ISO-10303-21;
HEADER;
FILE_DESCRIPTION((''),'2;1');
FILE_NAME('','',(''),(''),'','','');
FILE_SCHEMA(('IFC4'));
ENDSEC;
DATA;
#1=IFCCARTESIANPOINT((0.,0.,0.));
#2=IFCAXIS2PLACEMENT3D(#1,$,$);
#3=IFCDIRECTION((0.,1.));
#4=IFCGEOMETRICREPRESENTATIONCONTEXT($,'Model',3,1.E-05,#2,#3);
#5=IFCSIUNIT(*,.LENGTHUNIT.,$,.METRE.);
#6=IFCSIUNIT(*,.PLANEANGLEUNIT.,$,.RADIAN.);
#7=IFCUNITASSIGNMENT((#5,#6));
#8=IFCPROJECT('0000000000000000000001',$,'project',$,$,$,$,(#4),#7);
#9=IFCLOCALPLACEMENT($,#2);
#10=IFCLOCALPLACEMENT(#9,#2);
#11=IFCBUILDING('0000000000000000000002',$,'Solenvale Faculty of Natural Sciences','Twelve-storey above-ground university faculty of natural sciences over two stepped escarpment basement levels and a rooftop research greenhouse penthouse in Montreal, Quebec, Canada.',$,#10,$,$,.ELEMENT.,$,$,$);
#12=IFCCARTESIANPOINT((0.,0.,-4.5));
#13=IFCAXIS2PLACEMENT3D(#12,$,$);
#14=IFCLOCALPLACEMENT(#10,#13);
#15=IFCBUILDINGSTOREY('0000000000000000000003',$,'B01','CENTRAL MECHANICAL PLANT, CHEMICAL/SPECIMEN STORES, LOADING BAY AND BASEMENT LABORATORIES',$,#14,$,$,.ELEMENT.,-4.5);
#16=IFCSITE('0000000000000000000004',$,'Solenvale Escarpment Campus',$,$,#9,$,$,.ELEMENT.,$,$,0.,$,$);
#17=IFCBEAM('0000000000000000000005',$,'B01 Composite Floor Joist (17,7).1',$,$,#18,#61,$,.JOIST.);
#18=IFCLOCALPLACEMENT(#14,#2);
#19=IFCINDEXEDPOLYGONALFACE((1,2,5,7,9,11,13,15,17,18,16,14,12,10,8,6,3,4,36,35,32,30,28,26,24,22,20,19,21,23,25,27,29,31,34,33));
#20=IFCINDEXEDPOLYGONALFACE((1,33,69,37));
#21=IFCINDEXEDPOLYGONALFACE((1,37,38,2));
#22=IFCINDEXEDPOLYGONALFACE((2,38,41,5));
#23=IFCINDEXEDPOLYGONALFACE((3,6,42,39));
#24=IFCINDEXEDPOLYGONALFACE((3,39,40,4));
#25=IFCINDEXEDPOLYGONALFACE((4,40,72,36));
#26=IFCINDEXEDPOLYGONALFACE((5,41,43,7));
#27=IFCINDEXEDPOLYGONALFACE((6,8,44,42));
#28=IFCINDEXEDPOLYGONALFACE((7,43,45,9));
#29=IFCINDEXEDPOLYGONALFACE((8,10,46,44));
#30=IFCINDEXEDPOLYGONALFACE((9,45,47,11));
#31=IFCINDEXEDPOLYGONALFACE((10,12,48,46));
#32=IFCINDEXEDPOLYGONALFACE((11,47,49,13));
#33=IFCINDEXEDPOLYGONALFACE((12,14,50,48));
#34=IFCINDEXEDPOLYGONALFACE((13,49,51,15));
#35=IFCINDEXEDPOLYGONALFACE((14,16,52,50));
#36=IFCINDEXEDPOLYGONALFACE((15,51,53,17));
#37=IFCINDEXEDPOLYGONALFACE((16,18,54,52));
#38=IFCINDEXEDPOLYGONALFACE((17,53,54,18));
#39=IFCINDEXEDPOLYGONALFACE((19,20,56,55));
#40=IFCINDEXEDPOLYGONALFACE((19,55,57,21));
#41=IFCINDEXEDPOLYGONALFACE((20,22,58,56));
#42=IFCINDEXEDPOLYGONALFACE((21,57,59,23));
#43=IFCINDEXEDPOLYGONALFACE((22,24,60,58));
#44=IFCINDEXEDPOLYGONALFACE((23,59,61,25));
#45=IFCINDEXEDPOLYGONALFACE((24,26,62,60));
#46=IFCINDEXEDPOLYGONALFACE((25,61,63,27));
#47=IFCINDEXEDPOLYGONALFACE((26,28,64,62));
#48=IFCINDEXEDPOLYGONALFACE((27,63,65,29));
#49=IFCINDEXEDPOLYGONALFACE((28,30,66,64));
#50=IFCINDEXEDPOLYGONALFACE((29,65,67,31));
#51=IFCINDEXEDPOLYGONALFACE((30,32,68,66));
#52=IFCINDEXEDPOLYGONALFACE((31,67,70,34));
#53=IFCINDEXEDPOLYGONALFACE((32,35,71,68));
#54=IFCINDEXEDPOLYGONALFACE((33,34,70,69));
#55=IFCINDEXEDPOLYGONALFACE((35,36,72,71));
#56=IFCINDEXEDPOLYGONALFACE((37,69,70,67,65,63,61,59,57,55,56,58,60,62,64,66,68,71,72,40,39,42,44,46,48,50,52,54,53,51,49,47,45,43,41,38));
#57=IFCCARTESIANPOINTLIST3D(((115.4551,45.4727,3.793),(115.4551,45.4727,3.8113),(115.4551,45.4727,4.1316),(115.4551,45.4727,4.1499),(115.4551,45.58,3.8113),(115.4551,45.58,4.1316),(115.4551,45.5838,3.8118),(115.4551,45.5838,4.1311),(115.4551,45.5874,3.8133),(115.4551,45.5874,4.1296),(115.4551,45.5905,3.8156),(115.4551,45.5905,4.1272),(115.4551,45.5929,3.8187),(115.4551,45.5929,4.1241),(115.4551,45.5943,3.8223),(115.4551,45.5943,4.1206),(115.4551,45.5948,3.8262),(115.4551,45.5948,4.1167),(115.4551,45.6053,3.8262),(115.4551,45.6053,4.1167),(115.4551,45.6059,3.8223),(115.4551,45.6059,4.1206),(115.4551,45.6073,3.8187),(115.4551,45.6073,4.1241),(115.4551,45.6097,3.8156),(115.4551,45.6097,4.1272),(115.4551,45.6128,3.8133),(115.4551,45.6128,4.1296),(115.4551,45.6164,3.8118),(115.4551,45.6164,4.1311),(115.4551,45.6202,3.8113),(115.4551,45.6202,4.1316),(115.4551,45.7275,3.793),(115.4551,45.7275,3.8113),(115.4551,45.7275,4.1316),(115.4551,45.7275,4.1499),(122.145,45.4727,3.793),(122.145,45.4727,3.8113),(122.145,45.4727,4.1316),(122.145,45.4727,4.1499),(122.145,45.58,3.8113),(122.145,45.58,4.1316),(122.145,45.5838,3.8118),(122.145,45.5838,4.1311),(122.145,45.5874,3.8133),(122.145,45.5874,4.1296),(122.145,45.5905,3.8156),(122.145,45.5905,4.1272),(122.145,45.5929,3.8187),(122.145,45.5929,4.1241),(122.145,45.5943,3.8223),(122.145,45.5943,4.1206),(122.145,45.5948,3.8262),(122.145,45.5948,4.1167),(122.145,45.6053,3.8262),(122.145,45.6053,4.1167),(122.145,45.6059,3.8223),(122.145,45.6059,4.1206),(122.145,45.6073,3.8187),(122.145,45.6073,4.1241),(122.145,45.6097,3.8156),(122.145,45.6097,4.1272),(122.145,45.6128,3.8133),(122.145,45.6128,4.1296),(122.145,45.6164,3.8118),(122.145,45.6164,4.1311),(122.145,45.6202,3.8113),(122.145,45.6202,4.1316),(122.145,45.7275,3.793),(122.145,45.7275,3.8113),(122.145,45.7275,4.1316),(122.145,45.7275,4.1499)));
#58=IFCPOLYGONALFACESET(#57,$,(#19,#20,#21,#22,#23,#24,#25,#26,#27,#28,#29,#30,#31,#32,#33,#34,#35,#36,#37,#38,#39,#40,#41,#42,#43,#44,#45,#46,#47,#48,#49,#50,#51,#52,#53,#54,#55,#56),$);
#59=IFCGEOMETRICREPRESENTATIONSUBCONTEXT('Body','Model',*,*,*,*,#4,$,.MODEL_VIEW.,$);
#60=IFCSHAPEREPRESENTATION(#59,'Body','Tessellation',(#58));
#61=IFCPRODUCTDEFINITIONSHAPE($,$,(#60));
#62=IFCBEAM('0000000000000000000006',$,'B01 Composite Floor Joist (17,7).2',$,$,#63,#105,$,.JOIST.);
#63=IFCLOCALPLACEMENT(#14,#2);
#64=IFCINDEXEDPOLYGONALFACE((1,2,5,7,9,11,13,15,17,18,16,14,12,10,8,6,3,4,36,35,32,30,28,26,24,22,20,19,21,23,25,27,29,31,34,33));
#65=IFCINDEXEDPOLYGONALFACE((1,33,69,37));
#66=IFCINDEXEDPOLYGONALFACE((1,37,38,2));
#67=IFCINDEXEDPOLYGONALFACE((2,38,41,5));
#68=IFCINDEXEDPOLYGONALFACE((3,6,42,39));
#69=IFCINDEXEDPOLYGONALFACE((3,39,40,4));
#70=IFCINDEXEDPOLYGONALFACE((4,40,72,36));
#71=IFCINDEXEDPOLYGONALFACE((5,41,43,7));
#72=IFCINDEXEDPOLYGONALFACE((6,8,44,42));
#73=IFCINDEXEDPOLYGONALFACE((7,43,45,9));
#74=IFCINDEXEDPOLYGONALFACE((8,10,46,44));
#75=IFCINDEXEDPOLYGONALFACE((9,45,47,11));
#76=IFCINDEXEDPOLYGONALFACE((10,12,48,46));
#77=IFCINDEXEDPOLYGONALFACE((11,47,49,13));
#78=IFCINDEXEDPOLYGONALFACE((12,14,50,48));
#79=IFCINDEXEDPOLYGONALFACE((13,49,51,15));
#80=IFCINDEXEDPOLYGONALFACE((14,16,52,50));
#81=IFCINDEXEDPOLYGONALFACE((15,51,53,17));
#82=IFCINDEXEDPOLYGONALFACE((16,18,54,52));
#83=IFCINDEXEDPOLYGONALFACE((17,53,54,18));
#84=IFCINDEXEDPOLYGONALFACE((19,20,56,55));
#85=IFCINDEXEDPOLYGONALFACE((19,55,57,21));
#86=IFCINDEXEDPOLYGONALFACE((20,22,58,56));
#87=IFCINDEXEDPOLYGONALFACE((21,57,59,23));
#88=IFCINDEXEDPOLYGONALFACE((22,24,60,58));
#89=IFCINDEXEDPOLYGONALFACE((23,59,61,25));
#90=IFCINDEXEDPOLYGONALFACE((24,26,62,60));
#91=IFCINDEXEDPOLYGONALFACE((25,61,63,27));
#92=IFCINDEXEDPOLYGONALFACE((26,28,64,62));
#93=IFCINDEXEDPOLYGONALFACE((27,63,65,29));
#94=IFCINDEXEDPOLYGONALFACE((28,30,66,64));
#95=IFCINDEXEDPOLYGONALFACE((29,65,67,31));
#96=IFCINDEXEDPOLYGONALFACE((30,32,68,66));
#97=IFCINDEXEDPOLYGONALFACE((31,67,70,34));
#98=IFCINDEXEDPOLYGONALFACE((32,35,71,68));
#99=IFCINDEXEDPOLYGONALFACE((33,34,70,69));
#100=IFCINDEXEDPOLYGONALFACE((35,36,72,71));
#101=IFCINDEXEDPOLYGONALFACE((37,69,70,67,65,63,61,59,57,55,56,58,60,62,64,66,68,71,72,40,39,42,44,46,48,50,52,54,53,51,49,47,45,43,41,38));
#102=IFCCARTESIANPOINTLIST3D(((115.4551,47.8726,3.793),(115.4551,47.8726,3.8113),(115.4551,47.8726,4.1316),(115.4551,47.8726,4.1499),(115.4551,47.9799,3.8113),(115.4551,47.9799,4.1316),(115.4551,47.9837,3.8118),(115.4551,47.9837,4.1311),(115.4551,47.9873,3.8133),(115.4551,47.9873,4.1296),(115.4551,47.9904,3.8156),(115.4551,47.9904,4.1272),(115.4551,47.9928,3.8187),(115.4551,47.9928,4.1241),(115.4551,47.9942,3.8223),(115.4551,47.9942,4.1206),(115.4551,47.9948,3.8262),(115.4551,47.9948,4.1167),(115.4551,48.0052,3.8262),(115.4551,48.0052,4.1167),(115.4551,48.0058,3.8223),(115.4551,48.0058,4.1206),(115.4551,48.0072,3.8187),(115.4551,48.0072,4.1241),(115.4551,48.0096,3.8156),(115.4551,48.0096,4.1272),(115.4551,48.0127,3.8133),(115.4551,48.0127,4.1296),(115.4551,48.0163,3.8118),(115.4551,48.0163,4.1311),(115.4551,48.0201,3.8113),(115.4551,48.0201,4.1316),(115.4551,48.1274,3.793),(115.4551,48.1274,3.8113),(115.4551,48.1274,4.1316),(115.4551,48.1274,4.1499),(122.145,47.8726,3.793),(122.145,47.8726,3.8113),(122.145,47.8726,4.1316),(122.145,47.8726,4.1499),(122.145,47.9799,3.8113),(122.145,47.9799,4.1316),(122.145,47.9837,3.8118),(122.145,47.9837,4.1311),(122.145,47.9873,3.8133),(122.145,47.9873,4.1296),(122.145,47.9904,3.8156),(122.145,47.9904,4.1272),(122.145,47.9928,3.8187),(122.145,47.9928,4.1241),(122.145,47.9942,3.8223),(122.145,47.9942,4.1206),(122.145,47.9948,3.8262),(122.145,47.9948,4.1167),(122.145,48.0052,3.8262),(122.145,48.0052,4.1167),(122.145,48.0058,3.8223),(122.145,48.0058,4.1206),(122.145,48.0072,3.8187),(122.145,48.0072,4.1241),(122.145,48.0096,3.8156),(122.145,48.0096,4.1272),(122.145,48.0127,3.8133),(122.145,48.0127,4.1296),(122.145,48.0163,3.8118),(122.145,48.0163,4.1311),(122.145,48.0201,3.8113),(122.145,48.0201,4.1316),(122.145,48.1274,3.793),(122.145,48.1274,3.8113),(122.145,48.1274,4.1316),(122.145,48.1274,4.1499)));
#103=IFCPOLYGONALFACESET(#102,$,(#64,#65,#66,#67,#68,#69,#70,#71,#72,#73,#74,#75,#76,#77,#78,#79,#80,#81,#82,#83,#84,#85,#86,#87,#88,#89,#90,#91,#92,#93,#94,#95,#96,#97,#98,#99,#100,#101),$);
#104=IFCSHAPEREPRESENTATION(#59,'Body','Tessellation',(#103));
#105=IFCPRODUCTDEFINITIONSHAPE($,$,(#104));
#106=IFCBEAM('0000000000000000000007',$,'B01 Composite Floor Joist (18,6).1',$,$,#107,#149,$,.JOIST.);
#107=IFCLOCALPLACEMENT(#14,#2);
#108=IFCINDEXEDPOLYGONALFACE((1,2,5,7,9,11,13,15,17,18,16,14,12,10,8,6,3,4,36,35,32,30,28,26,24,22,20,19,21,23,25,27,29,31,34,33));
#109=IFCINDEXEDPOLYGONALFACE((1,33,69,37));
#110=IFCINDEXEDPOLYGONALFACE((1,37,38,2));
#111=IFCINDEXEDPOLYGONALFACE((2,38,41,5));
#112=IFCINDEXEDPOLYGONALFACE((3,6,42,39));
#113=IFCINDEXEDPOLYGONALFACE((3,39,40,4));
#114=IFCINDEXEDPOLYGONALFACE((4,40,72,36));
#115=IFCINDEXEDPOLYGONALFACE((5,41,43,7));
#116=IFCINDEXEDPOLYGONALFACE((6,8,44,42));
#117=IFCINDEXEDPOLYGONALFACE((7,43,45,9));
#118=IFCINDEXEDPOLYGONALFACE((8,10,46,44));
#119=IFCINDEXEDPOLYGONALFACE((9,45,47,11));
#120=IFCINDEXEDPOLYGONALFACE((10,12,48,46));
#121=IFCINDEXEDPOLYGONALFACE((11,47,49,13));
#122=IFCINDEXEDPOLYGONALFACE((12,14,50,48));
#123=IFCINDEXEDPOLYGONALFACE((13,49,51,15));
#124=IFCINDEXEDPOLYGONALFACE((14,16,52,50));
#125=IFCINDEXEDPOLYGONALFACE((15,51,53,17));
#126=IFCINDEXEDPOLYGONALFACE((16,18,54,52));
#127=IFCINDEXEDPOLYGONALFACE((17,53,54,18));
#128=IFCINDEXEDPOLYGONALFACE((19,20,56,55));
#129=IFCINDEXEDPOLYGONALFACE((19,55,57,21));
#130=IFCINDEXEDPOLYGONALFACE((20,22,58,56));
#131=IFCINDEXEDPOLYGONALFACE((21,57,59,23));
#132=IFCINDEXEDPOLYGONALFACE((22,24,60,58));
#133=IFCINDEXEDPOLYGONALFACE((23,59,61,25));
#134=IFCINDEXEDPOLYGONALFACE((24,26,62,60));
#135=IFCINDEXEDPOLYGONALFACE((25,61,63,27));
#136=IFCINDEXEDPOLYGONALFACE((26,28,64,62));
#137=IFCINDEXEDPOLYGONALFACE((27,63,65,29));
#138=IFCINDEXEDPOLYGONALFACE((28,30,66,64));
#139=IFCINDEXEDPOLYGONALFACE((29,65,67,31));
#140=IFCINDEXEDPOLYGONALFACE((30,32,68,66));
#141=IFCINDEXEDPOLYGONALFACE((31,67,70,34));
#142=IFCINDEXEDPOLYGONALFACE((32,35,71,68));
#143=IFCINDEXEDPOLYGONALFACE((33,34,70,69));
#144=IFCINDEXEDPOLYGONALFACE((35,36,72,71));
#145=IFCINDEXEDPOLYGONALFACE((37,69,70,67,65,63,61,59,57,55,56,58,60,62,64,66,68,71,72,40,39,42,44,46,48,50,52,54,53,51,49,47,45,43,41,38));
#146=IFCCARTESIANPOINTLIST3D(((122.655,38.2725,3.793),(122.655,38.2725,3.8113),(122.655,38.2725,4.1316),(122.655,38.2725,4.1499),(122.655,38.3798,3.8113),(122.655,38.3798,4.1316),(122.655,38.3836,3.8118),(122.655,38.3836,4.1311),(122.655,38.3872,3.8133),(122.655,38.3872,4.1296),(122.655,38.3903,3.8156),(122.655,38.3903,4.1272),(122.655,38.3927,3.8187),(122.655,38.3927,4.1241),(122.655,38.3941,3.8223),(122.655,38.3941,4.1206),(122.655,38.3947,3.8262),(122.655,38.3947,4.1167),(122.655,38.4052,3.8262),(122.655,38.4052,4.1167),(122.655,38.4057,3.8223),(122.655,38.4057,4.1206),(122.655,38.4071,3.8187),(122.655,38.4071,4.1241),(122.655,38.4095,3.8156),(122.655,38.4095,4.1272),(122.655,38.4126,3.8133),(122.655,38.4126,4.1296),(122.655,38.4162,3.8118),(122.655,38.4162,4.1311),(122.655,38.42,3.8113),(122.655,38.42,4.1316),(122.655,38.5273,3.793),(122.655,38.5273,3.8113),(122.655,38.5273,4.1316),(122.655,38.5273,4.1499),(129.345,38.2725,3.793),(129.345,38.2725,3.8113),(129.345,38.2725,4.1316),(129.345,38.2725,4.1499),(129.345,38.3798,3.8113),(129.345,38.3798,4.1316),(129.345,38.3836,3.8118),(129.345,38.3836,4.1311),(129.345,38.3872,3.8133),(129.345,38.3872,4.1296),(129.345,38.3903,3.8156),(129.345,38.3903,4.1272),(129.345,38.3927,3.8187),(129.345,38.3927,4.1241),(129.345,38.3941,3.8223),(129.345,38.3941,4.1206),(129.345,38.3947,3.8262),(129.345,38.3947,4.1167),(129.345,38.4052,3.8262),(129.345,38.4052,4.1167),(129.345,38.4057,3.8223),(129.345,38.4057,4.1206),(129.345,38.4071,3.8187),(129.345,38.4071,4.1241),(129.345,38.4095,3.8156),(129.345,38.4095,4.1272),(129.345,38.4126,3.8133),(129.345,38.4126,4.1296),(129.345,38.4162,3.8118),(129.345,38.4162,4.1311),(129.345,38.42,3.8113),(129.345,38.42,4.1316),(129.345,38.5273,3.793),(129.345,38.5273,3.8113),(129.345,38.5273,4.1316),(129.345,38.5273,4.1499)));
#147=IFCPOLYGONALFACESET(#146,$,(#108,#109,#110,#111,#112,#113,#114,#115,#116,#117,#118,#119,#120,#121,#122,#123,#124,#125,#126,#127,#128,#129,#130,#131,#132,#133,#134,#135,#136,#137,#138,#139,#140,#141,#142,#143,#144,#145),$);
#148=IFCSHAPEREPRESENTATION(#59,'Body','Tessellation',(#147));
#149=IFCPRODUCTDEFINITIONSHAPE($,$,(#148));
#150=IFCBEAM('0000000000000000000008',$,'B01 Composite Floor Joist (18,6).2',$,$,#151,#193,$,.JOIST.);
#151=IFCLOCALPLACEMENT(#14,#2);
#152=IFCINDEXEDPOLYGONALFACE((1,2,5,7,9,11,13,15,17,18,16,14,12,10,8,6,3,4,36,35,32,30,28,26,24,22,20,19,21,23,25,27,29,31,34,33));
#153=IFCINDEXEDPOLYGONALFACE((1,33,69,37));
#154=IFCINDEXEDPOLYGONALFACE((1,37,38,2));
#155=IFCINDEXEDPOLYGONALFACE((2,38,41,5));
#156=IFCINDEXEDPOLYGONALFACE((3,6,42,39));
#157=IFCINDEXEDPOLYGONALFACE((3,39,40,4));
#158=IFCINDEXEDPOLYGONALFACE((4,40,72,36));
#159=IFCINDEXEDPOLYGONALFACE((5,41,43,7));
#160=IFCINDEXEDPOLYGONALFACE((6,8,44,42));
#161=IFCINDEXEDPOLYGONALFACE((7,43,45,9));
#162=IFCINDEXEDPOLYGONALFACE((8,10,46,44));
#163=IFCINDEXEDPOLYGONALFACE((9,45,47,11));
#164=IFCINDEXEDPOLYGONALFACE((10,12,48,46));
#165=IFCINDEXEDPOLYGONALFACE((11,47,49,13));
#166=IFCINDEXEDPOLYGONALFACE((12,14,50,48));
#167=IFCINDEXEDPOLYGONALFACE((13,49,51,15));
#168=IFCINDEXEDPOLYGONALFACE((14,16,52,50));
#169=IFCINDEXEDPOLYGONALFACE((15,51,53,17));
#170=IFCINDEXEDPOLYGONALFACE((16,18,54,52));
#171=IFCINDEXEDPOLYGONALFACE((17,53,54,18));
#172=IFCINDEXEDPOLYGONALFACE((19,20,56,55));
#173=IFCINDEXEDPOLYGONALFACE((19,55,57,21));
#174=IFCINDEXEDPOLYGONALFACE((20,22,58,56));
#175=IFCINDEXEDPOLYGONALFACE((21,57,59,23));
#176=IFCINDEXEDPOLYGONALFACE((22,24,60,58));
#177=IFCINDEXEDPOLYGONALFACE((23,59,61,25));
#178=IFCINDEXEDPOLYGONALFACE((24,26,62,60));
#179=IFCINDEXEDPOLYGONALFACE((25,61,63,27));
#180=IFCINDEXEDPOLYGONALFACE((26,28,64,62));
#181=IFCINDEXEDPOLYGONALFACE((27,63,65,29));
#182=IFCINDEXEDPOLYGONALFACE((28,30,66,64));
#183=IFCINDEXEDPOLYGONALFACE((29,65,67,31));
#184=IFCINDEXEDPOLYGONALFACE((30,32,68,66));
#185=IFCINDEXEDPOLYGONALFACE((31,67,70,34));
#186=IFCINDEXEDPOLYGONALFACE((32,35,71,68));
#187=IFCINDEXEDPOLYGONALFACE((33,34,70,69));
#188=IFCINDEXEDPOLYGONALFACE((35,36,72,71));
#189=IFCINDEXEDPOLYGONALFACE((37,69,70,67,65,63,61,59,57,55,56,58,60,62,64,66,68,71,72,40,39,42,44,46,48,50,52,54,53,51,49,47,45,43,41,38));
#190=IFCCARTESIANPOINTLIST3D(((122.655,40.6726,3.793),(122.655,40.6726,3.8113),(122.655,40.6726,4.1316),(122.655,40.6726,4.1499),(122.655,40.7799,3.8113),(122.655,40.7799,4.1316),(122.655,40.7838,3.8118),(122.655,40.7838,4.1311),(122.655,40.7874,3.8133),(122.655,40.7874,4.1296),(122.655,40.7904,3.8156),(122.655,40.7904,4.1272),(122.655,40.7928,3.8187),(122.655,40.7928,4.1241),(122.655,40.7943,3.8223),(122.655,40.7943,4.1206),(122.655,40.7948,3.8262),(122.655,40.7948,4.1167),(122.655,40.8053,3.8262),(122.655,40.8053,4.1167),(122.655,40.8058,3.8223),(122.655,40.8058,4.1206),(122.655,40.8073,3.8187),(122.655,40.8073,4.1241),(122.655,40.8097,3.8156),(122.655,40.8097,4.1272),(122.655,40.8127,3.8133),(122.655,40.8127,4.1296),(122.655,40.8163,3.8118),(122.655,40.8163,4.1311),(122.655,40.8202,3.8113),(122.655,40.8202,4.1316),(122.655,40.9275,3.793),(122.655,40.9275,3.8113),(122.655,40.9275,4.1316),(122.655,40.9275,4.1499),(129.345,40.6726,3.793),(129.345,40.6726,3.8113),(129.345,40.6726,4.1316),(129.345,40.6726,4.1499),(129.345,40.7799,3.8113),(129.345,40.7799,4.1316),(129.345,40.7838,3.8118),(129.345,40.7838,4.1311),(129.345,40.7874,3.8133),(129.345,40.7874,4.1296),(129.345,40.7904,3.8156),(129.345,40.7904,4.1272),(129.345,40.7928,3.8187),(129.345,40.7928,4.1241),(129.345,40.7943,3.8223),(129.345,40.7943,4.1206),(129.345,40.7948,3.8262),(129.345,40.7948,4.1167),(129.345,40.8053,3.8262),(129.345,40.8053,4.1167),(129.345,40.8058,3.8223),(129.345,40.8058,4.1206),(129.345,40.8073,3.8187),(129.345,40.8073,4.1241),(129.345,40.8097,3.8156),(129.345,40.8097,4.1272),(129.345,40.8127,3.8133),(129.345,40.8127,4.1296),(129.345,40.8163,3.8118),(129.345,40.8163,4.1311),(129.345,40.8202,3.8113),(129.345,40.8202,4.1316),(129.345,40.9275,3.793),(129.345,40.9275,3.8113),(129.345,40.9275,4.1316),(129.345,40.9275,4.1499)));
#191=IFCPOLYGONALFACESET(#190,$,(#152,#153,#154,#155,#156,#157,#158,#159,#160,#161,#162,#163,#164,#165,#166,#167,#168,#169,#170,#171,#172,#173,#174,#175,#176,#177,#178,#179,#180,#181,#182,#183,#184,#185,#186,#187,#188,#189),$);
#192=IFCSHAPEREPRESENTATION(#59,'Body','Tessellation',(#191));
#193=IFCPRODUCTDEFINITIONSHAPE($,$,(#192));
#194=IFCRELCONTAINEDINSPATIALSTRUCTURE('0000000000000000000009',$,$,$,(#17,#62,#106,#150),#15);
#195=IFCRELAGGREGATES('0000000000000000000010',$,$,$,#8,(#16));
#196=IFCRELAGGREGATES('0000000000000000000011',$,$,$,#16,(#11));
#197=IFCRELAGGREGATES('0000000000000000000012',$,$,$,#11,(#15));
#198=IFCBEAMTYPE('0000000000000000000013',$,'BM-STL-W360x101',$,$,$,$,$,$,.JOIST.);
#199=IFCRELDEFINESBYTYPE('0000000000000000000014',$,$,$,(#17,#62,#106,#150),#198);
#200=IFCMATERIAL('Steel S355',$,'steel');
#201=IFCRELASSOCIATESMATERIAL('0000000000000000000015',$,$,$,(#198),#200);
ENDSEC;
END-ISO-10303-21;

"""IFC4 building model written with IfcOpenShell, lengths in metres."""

from ifc_helpers import new_model, si_unit, direction, frame, origin, origin_2d, place, context, subcontext, project, spatial, i_section, extrude, material, material_profile, profile_set, type_object, element, save


model = new_model("IFC4")

# Units and contexts
model_context = context("Model", 3, precision=1e-05, world=origin(), true_north=direction((0.0, 1.0)))
body_context = subcontext(model_context, "Body", "Model", "MODEL_VIEW")
ifc_project = project(units=[si_unit("LENGTHUNIT", "METRE"), si_unit("PLANEANGLEUNIT", "RADIAN")], contexts=[model_context])

# Site, building, storey
site_placement = place(None, origin())
site = spatial("IfcSite", under=ifc_project, at=site_placement, Name="Solenvale Escarpment Campus", CompositionType="ELEMENT", RefElevation=0.0)
building_placement = place(site_placement, origin())
building = spatial("IfcBuilding", under=site, at=building_placement, Name="Solenvale Faculty of Natural Sciences", Description="Twelve-storey above-ground university faculty of natural sciences over two stepped escarpment basement levels and a rooftop research greenhouse penthouse in Montreal, Quebec, Canada.", CompositionType="ELEMENT")
storey_placement = place(building_placement, frame((0.0, 0.0, -4.5)))
storey = spatial("IfcBuildingStorey", under=building, at=storey_placement, Name="B01", Description="CENTRAL MECHANICAL PLANT, CHEMICAL/SPECIMEN STORES, LOADING BAY AND BASEMENT LABORATORIES", CompositionType="ELEMENT", Elevation=-4.5)

# Beams
ifc_material_1 = material(Name="Steel S355", Category="steel")
ifc_material_profile_1 = material_profile(ifc_material_1, i_section(OverallWidth=0.2549, OverallDepth=0.3569, WebThickness=0.0105, FlangeThickness=0.0183, FilletRadius=0.0149, at=origin_2d()), Name="W360x101")
ifc_profile_set_1 = profile_set([ifc_material_profile_1], Name="Steel S355")
beam_type_1 = type_object("IfcBeamType", Name="BM-STL-W360x101", PredefinedType="JOIST", material=ifc_profile_set_1)
for number, where, z_axis, x_axis, name in (
    (1, (115.4551, 45.6001, 3.9714), (1.0, 0.0, 0.0), (0.0, 1.0, 0.0), "B01 Composite Floor Joist (17,7).1"),
    (2, (115.4551, 48.0, 3.9714), (1.0, 0.0, 0.0), (0.0, 1.0, 0.0), "B01 Composite Floor Joist (17,7).2"),
    (3, (122.655, 38.3999, 3.9714), (1.0, 0.0, 0.0), (0.0, 1.0, 0.0), "B01 Composite Floor Joist (18,6).1"),
    (4, (122.655, 40.8, 3.9714), (1.0, 0.0, 0.0), (0.0, 1.0, 0.0), "B01 Composite Floor Joist (18,6).2"),
):
    element("IfcBeam", number, at=place(storey_placement, frame(where, z_axis=z_axis, x_axis=x_axis)), inside=storey, type_object=beam_type_1, Name=name, PredefinedType="JOIST", context=body_context, shape_type="SweptSolid", body=[
        extrude(i_section(OverallWidth=0.2549, OverallDepth=0.3569, WebThickness=0.0105, FlangeThickness=0.0183, FilletRadius=0.0149, at=origin_2d()), origin(), (0.0, 0.0, 1.0), 6.6899),
    ])

save(model, "model.ifc")
